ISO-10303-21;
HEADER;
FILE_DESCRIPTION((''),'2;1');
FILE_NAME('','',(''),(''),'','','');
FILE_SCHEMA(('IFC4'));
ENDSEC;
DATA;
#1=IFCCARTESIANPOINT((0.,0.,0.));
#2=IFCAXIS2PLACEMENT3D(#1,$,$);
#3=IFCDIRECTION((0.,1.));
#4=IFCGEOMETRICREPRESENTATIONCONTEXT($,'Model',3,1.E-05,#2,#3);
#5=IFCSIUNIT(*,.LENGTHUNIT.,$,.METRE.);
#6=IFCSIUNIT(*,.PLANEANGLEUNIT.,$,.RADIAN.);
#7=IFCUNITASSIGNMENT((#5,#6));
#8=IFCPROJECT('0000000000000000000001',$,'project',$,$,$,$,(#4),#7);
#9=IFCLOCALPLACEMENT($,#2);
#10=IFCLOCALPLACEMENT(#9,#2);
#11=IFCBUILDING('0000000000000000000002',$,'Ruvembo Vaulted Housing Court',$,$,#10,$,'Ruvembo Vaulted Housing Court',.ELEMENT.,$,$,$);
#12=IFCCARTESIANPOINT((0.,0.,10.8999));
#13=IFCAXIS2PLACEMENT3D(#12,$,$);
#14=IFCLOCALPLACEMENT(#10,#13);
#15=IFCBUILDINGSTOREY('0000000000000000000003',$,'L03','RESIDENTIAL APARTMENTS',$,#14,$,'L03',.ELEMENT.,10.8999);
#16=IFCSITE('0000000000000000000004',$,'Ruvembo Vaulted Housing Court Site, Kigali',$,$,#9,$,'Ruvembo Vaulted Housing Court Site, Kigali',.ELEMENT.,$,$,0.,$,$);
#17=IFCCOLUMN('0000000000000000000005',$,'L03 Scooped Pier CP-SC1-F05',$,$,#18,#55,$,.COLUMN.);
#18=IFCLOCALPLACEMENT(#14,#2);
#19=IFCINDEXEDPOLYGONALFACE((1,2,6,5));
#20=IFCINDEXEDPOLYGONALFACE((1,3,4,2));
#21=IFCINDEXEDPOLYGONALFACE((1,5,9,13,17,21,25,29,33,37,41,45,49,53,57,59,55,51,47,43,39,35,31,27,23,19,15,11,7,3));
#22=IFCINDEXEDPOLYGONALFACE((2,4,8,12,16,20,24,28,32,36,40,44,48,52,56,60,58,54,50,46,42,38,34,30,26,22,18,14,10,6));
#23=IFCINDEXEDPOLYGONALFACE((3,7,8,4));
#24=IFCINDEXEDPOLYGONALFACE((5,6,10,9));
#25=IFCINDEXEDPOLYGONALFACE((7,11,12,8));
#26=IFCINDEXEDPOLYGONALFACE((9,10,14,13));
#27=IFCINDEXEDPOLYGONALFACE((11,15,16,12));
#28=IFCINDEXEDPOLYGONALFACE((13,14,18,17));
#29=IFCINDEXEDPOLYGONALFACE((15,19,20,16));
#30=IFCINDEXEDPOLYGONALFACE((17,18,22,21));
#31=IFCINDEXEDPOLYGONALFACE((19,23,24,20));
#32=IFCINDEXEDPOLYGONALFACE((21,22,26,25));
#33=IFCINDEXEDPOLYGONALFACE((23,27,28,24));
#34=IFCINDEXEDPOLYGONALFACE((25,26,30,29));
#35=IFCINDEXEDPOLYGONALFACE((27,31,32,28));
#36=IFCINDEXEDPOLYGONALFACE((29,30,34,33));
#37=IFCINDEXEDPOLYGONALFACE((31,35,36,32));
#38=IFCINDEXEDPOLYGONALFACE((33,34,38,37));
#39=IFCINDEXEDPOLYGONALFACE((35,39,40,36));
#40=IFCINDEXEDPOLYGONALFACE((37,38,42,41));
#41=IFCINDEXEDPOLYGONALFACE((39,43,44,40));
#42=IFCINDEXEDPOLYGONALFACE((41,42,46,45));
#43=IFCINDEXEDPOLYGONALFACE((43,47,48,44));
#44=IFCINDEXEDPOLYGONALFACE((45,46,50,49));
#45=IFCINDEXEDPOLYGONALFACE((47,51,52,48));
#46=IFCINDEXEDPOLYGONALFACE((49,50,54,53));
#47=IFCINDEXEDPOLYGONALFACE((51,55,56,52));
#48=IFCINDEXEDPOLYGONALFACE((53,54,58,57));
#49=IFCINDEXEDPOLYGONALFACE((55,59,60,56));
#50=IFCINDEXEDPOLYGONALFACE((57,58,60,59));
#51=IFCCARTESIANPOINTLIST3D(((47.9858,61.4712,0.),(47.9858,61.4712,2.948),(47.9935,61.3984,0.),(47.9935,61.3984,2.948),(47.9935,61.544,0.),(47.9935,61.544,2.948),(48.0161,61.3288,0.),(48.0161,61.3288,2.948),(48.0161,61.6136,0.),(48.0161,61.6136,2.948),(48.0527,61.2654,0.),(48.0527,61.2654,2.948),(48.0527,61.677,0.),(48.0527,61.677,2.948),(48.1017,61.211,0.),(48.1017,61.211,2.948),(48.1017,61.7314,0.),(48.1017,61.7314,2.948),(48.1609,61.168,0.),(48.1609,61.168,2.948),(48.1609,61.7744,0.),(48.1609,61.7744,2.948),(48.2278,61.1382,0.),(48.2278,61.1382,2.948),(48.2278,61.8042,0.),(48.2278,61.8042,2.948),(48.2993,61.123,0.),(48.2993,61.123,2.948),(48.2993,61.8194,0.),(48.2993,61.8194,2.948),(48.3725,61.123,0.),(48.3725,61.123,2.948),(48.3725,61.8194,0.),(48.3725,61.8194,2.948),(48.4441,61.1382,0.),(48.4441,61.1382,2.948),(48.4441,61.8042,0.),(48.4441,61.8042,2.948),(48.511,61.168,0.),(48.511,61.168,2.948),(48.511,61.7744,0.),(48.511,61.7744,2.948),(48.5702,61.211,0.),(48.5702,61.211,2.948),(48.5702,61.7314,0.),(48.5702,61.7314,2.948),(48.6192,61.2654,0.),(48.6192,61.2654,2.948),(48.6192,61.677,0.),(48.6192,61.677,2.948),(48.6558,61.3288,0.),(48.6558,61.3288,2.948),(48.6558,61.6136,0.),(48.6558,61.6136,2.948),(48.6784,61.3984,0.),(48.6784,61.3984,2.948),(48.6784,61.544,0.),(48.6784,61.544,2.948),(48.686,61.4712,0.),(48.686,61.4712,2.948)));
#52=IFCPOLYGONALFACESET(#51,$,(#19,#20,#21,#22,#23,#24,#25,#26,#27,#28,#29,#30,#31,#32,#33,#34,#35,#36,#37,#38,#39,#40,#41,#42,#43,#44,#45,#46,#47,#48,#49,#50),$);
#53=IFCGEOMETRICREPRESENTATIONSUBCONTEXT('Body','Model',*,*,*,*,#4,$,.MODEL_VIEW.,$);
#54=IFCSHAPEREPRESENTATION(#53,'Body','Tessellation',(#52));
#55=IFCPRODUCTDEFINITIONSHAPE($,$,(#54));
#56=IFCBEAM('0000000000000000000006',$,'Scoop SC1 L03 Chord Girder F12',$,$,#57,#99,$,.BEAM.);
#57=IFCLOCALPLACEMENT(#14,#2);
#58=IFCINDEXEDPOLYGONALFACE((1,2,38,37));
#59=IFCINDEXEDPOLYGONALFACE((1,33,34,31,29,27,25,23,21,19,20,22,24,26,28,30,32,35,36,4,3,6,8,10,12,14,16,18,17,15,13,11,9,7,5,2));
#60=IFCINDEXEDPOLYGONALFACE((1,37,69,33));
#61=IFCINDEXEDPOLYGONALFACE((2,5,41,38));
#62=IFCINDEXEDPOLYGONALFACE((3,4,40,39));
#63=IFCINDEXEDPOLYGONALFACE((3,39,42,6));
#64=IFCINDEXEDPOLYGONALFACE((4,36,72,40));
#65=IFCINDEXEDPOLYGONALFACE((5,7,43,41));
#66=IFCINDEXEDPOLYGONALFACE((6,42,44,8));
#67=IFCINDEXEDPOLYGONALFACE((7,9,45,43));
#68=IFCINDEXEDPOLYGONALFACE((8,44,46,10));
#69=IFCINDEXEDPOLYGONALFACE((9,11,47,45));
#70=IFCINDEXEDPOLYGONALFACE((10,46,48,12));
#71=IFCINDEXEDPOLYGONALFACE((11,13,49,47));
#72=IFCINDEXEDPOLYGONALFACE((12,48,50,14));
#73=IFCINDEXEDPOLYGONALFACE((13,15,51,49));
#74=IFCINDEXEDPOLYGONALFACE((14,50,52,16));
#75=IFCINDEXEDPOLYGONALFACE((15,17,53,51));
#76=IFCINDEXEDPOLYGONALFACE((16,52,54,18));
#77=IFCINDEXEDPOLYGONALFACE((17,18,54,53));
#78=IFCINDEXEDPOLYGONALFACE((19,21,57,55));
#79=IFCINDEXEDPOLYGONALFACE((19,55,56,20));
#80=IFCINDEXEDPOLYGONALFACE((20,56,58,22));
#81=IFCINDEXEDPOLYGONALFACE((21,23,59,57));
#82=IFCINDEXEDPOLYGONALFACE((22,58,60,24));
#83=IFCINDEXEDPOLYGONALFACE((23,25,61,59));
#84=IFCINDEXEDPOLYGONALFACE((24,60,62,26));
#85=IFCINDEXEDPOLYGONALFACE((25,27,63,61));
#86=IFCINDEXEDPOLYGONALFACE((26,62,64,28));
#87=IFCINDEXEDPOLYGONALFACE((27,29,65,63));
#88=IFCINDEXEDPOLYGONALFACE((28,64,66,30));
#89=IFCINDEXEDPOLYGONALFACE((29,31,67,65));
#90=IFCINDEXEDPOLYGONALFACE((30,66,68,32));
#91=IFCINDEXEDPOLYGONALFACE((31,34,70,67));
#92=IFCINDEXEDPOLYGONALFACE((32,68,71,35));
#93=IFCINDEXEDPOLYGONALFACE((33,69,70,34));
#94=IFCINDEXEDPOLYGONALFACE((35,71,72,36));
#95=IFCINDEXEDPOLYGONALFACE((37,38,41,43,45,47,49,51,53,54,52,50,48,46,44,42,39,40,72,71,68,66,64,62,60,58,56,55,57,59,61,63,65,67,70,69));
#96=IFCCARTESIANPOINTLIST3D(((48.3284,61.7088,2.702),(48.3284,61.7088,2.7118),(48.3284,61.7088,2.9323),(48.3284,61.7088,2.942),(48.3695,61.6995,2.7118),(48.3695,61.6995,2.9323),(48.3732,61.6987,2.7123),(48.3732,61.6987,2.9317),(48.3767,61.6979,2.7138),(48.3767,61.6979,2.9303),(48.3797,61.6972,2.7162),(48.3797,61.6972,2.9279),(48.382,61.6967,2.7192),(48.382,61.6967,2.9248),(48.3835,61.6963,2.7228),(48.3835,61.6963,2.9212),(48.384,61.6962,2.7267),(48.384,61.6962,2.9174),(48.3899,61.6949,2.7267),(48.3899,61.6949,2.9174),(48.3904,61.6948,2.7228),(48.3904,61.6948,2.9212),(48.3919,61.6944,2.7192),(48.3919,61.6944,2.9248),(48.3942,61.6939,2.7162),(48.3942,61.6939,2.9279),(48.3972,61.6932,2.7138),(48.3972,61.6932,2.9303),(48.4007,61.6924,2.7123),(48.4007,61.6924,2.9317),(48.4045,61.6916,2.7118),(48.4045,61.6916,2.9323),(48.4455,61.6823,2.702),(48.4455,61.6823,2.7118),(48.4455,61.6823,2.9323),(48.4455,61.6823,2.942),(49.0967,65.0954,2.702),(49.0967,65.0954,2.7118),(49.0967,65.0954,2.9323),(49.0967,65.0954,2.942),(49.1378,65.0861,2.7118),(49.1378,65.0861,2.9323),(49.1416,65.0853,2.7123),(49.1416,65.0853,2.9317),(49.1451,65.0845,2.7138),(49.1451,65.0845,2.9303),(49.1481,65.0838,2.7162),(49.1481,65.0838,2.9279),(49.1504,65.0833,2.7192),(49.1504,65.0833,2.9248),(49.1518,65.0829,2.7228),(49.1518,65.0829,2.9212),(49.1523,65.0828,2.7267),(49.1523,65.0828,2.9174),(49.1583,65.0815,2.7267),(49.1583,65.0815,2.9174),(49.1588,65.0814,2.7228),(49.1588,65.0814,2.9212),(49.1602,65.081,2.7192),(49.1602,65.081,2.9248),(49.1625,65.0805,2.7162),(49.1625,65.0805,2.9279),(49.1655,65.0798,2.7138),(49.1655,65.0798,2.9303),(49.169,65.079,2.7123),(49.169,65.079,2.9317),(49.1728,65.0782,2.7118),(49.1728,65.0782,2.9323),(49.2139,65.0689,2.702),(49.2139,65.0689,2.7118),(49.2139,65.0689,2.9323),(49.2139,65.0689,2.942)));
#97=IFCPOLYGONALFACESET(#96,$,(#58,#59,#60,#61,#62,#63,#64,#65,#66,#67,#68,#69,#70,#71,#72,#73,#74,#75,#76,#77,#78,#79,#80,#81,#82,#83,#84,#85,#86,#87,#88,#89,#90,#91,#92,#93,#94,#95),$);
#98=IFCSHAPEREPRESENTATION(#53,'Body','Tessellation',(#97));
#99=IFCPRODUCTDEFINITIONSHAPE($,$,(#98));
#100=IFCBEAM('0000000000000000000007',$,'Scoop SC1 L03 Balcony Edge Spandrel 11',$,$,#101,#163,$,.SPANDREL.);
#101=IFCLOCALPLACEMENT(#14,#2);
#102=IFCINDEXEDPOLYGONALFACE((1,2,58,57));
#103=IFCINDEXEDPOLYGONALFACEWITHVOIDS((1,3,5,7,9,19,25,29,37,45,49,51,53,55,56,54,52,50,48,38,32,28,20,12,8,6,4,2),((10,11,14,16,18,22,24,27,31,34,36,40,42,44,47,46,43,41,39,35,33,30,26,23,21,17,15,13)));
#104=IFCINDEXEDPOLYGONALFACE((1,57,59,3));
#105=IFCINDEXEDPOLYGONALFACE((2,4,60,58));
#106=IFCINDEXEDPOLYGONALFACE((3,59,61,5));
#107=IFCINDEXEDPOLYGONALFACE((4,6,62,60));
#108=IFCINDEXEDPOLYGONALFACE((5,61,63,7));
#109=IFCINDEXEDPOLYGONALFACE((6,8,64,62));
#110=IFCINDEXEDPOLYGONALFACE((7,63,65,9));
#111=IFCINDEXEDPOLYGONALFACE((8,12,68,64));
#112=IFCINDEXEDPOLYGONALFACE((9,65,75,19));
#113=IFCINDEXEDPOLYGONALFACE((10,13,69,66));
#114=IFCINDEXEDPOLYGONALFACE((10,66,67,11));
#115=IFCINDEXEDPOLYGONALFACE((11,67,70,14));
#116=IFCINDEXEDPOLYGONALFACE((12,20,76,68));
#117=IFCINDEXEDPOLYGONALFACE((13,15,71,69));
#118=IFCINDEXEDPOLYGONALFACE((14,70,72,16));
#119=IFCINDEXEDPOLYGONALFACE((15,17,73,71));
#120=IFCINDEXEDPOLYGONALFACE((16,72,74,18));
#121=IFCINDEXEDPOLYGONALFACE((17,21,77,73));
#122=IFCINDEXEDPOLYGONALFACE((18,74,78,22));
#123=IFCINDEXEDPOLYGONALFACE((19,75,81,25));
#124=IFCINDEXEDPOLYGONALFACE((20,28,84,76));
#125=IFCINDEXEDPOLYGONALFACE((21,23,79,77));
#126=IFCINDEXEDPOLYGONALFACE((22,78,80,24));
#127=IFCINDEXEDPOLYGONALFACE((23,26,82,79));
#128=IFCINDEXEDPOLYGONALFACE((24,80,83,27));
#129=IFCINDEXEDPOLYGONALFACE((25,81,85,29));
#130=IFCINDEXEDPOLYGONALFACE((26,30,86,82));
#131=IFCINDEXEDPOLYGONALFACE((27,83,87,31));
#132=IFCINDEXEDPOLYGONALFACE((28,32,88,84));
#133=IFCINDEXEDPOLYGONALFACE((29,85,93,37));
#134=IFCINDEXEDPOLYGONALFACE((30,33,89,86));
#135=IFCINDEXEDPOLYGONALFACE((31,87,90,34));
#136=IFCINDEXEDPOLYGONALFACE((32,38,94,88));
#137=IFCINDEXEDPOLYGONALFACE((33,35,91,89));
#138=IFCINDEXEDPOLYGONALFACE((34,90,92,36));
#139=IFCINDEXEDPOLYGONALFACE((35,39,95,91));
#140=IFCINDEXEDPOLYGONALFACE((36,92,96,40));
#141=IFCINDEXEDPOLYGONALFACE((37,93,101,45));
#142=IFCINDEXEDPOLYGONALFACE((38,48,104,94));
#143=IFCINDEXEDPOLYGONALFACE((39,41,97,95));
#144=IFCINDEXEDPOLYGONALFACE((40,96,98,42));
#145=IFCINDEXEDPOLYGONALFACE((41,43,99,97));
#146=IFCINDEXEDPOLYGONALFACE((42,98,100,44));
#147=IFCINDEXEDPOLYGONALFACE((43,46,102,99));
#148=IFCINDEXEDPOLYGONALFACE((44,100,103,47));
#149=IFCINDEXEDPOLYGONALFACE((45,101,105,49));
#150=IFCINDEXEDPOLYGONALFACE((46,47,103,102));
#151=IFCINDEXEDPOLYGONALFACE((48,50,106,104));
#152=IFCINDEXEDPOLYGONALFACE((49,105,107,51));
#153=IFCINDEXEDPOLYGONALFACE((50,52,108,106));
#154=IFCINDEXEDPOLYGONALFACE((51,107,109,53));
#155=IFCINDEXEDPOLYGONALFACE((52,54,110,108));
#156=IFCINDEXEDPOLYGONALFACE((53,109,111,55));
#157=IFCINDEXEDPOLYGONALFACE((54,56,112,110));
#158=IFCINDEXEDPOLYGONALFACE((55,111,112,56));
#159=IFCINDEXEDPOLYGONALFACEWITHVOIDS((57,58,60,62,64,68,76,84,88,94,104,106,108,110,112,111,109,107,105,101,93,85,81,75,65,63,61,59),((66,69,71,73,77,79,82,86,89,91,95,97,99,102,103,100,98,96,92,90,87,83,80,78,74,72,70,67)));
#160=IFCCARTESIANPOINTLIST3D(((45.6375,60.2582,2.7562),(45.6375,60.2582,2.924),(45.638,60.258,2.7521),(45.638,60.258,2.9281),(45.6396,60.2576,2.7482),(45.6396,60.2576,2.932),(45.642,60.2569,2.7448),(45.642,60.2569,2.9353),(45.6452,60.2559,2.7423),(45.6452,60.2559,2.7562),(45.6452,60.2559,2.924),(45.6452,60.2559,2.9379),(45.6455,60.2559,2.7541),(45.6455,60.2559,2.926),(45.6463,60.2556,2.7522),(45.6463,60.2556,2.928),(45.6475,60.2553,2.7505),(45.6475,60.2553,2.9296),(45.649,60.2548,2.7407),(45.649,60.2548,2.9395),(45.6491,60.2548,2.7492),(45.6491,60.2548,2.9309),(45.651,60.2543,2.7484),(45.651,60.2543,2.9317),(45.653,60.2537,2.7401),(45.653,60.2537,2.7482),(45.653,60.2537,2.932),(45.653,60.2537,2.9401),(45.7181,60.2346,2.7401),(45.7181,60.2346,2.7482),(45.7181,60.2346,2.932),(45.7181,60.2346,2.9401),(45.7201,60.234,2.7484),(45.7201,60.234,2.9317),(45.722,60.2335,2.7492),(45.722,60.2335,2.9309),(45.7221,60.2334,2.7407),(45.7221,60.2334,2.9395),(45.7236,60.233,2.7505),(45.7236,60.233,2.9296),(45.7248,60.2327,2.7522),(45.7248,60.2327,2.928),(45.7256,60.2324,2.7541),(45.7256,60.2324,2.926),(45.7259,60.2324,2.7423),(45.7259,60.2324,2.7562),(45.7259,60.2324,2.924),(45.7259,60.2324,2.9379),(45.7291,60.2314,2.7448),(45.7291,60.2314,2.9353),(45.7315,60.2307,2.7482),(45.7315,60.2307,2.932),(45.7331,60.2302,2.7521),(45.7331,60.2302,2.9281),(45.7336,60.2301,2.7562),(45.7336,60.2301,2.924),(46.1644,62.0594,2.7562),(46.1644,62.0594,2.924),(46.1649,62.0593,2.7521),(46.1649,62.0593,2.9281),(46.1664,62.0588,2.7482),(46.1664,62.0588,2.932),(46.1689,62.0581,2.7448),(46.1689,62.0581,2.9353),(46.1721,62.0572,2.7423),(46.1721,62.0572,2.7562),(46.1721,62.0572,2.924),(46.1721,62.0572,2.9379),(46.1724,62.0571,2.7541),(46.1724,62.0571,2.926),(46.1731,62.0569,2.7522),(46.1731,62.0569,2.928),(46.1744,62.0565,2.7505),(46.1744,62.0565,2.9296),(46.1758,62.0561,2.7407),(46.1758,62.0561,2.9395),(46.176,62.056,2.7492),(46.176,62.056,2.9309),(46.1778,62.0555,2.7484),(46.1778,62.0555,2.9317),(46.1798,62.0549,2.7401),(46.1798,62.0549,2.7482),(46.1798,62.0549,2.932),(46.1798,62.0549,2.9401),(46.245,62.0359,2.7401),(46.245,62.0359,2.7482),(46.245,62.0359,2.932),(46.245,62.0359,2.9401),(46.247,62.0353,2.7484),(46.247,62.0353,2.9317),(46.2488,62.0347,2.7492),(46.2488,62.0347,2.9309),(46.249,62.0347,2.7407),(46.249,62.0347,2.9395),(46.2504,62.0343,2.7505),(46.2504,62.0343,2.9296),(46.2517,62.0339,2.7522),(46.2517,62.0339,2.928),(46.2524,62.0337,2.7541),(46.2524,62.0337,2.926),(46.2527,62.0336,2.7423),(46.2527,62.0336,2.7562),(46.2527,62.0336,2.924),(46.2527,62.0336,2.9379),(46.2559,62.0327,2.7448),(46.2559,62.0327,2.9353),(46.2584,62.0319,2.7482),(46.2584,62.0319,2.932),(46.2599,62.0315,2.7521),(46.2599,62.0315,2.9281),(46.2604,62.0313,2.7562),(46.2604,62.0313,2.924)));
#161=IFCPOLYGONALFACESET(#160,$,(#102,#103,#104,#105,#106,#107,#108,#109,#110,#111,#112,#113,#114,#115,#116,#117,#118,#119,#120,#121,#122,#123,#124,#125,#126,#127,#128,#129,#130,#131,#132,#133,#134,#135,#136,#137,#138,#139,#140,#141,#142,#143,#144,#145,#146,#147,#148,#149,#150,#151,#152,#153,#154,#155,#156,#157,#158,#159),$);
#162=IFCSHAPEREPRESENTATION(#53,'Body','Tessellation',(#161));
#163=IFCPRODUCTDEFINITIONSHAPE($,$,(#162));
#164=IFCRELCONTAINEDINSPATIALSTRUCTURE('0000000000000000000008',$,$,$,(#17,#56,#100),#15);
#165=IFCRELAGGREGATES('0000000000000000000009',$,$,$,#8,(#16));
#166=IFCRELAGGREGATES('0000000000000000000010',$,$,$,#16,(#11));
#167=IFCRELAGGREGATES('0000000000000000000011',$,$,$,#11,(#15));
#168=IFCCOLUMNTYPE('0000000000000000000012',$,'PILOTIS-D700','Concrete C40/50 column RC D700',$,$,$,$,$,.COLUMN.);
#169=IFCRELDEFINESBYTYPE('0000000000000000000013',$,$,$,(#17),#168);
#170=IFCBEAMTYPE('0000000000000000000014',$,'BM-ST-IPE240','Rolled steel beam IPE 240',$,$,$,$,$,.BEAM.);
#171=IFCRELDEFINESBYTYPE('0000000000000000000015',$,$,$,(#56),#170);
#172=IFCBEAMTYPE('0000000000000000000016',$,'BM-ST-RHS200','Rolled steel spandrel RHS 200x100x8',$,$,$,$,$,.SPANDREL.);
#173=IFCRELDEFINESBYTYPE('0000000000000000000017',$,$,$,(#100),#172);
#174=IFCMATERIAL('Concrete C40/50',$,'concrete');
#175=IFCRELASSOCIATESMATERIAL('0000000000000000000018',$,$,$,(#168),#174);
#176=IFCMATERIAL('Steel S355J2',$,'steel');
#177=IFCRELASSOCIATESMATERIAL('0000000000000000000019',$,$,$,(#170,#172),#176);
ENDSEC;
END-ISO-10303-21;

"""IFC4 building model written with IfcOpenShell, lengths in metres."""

from ifc_helpers import new_model, si_unit, direction, frame, origin, origin_2d, place, context, subcontext, project, spatial, hollow_rectangle, circle, i_section, extrude, material, material_profile, profile_set, type_object, element, save


model = new_model("IFC4")

# Units and contexts
model_context = context("Model", 3, precision=1e-05, world=origin(), true_north=direction((0.0, 1.0)))
body_context = subcontext(model_context, "Body", "Model", "MODEL_VIEW")
ifc_project = project(units=[si_unit("LENGTHUNIT", "METRE"), si_unit("PLANEANGLEUNIT", "RADIAN")], contexts=[model_context])

# Site, building, storey
site_placement = place(None, origin())
site = spatial("IfcSite", under=ifc_project, at=site_placement, Name="Ruvembo Vaulted Housing Court Site, Kigali", LongName="Ruvembo Vaulted Housing Court Site, Kigali", CompositionType="ELEMENT", RefElevation=0.0)
building_placement = place(site_placement, origin())
building = spatial("IfcBuilding", under=site, at=building_placement, Name="Ruvembo Vaulted Housing Court", LongName="Ruvembo Vaulted Housing Court", CompositionType="ELEMENT")
storey_placement = place(building_placement, frame((0.0, 0.0, 10.8999)))
storey = spatial("IfcBuildingStorey", under=building, at=storey_placement, Name="L03", Description="RESIDENTIAL APARTMENTS", LongName="L03", CompositionType="ELEMENT", Elevation=10.8999)

# Column
ifc_material_1 = material(Name="Concrete C40/50", Category="concrete")
ifc_material_profile_1 = material_profile(ifc_material_1, circle(Radius=0.3501, at=origin_2d()), Name="RC D700")
ifc_profile_set_1 = profile_set([ifc_material_profile_1], Name="Concrete C40/50")
column_type = type_object("IfcColumnType", Name="PILOTIS-D700", Description="Concrete C40/50 column RC D700", PredefinedType="COLUMN", material=ifc_profile_set_1)
column_placement = place(storey_placement, frame((48.3359, 61.4712, 0.0), z_axis=(0.0, 0.0, 1.0), x_axis=(1.0, 0.0, 0.0)))
element("IfcColumn", 1, at=column_placement, inside=storey, type_object=column_type, Name="L03 Scooped Pier CP-SC1-F05", PredefinedType="COLUMN", context=body_context, shape_type="SweptSolid", body=[
    extrude(circle(Radius=0.3501, at=origin_2d()), origin(), (0.0, 0.0, 1.0), 2.948),
])

# Beams
ifc_material_2 = material(Name="Steel S355J2", Category="steel")
ifc_material_profile_2 = material_profile(ifc_material_2, i_section(OverallWidth=0.1201, OverallDepth=0.24, WebThickness=0.0061, FlangeThickness=0.0098, FilletRadius=0.0149, at=origin_2d()), Name="IPE 240")
ifc_profile_set_2 = profile_set([ifc_material_profile_2], Name="Steel S355J2")
beam_type_1 = type_object("IfcBeamType", Name="BM-ST-IPE240", Description="Rolled steel beam IPE 240", PredefinedType="BEAM", material=ifc_profile_set_2)
beam_placement = place(storey_placement, frame((48.387, 61.6956, 2.822), z_axis=(0.221253, 0.975216, 0.0), x_axis=(-0.975216, 0.221253, 0.0)))
element("IfcBeam", 2, at=beam_placement, inside=storey, type_object=beam_type_1, Name="Scoop SC1 L03 Chord Girder F12", PredefinedType="BEAM", context=body_context, shape_type="SweptSolid", body=[
    extrude(i_section(OverallWidth=0.1201, OverallDepth=0.24, WebThickness=0.0061, FlangeThickness=0.0098, FilletRadius=0.0149, at=origin_2d()), origin(), (0.0, 0.0, 1.0), 3.4727),
])
ifc_material_profile_3 = material_profile(ifc_material_2, hollow_rectangle(XDim=0.1001, YDim=0.2, WallThickness=0.0081, InnerFilletRadius=0.0081, OuterFilletRadius=0.0161, at=origin_2d()), Name="RHS 200x100x8")
ifc_profile_set_3 = profile_set([ifc_material_profile_3], Name="Steel S355J2")
beam_type_2 = type_object("IfcBeamType", Name="BM-ST-RHS200", Description="Rolled steel spandrel RHS 200x100x8", PredefinedType="SPANDREL", material=ifc_profile_set_3)
for number, where, z_axis, x_axis, name in (
    (3, (45.6855, 60.2441, 2.8401), (0.280729, 0.959787, 0.0), (-0.959787, 0.280729, 0.0), "Scoop SC1 L03 Balcony Edge Spandrel 11"),
):
    element("IfcBeam", number, at=place(storey_placement, frame(where, z_axis=z_axis, x_axis=x_axis)), inside=storey, type_object=beam_type_2, Name=name, PredefinedType="SPANDREL", context=body_context, shape_type="SweptSolid", body=[
        extrude(hollow_rectangle(XDim=0.1001, YDim=0.2, WallThickness=0.0081, InnerFilletRadius=0.0081, OuterFilletRadius=0.0161, at=origin_2d()), origin(), (0.0, 0.0, 1.0), 1.8767),
    ])

save(model, "model.ifc")
